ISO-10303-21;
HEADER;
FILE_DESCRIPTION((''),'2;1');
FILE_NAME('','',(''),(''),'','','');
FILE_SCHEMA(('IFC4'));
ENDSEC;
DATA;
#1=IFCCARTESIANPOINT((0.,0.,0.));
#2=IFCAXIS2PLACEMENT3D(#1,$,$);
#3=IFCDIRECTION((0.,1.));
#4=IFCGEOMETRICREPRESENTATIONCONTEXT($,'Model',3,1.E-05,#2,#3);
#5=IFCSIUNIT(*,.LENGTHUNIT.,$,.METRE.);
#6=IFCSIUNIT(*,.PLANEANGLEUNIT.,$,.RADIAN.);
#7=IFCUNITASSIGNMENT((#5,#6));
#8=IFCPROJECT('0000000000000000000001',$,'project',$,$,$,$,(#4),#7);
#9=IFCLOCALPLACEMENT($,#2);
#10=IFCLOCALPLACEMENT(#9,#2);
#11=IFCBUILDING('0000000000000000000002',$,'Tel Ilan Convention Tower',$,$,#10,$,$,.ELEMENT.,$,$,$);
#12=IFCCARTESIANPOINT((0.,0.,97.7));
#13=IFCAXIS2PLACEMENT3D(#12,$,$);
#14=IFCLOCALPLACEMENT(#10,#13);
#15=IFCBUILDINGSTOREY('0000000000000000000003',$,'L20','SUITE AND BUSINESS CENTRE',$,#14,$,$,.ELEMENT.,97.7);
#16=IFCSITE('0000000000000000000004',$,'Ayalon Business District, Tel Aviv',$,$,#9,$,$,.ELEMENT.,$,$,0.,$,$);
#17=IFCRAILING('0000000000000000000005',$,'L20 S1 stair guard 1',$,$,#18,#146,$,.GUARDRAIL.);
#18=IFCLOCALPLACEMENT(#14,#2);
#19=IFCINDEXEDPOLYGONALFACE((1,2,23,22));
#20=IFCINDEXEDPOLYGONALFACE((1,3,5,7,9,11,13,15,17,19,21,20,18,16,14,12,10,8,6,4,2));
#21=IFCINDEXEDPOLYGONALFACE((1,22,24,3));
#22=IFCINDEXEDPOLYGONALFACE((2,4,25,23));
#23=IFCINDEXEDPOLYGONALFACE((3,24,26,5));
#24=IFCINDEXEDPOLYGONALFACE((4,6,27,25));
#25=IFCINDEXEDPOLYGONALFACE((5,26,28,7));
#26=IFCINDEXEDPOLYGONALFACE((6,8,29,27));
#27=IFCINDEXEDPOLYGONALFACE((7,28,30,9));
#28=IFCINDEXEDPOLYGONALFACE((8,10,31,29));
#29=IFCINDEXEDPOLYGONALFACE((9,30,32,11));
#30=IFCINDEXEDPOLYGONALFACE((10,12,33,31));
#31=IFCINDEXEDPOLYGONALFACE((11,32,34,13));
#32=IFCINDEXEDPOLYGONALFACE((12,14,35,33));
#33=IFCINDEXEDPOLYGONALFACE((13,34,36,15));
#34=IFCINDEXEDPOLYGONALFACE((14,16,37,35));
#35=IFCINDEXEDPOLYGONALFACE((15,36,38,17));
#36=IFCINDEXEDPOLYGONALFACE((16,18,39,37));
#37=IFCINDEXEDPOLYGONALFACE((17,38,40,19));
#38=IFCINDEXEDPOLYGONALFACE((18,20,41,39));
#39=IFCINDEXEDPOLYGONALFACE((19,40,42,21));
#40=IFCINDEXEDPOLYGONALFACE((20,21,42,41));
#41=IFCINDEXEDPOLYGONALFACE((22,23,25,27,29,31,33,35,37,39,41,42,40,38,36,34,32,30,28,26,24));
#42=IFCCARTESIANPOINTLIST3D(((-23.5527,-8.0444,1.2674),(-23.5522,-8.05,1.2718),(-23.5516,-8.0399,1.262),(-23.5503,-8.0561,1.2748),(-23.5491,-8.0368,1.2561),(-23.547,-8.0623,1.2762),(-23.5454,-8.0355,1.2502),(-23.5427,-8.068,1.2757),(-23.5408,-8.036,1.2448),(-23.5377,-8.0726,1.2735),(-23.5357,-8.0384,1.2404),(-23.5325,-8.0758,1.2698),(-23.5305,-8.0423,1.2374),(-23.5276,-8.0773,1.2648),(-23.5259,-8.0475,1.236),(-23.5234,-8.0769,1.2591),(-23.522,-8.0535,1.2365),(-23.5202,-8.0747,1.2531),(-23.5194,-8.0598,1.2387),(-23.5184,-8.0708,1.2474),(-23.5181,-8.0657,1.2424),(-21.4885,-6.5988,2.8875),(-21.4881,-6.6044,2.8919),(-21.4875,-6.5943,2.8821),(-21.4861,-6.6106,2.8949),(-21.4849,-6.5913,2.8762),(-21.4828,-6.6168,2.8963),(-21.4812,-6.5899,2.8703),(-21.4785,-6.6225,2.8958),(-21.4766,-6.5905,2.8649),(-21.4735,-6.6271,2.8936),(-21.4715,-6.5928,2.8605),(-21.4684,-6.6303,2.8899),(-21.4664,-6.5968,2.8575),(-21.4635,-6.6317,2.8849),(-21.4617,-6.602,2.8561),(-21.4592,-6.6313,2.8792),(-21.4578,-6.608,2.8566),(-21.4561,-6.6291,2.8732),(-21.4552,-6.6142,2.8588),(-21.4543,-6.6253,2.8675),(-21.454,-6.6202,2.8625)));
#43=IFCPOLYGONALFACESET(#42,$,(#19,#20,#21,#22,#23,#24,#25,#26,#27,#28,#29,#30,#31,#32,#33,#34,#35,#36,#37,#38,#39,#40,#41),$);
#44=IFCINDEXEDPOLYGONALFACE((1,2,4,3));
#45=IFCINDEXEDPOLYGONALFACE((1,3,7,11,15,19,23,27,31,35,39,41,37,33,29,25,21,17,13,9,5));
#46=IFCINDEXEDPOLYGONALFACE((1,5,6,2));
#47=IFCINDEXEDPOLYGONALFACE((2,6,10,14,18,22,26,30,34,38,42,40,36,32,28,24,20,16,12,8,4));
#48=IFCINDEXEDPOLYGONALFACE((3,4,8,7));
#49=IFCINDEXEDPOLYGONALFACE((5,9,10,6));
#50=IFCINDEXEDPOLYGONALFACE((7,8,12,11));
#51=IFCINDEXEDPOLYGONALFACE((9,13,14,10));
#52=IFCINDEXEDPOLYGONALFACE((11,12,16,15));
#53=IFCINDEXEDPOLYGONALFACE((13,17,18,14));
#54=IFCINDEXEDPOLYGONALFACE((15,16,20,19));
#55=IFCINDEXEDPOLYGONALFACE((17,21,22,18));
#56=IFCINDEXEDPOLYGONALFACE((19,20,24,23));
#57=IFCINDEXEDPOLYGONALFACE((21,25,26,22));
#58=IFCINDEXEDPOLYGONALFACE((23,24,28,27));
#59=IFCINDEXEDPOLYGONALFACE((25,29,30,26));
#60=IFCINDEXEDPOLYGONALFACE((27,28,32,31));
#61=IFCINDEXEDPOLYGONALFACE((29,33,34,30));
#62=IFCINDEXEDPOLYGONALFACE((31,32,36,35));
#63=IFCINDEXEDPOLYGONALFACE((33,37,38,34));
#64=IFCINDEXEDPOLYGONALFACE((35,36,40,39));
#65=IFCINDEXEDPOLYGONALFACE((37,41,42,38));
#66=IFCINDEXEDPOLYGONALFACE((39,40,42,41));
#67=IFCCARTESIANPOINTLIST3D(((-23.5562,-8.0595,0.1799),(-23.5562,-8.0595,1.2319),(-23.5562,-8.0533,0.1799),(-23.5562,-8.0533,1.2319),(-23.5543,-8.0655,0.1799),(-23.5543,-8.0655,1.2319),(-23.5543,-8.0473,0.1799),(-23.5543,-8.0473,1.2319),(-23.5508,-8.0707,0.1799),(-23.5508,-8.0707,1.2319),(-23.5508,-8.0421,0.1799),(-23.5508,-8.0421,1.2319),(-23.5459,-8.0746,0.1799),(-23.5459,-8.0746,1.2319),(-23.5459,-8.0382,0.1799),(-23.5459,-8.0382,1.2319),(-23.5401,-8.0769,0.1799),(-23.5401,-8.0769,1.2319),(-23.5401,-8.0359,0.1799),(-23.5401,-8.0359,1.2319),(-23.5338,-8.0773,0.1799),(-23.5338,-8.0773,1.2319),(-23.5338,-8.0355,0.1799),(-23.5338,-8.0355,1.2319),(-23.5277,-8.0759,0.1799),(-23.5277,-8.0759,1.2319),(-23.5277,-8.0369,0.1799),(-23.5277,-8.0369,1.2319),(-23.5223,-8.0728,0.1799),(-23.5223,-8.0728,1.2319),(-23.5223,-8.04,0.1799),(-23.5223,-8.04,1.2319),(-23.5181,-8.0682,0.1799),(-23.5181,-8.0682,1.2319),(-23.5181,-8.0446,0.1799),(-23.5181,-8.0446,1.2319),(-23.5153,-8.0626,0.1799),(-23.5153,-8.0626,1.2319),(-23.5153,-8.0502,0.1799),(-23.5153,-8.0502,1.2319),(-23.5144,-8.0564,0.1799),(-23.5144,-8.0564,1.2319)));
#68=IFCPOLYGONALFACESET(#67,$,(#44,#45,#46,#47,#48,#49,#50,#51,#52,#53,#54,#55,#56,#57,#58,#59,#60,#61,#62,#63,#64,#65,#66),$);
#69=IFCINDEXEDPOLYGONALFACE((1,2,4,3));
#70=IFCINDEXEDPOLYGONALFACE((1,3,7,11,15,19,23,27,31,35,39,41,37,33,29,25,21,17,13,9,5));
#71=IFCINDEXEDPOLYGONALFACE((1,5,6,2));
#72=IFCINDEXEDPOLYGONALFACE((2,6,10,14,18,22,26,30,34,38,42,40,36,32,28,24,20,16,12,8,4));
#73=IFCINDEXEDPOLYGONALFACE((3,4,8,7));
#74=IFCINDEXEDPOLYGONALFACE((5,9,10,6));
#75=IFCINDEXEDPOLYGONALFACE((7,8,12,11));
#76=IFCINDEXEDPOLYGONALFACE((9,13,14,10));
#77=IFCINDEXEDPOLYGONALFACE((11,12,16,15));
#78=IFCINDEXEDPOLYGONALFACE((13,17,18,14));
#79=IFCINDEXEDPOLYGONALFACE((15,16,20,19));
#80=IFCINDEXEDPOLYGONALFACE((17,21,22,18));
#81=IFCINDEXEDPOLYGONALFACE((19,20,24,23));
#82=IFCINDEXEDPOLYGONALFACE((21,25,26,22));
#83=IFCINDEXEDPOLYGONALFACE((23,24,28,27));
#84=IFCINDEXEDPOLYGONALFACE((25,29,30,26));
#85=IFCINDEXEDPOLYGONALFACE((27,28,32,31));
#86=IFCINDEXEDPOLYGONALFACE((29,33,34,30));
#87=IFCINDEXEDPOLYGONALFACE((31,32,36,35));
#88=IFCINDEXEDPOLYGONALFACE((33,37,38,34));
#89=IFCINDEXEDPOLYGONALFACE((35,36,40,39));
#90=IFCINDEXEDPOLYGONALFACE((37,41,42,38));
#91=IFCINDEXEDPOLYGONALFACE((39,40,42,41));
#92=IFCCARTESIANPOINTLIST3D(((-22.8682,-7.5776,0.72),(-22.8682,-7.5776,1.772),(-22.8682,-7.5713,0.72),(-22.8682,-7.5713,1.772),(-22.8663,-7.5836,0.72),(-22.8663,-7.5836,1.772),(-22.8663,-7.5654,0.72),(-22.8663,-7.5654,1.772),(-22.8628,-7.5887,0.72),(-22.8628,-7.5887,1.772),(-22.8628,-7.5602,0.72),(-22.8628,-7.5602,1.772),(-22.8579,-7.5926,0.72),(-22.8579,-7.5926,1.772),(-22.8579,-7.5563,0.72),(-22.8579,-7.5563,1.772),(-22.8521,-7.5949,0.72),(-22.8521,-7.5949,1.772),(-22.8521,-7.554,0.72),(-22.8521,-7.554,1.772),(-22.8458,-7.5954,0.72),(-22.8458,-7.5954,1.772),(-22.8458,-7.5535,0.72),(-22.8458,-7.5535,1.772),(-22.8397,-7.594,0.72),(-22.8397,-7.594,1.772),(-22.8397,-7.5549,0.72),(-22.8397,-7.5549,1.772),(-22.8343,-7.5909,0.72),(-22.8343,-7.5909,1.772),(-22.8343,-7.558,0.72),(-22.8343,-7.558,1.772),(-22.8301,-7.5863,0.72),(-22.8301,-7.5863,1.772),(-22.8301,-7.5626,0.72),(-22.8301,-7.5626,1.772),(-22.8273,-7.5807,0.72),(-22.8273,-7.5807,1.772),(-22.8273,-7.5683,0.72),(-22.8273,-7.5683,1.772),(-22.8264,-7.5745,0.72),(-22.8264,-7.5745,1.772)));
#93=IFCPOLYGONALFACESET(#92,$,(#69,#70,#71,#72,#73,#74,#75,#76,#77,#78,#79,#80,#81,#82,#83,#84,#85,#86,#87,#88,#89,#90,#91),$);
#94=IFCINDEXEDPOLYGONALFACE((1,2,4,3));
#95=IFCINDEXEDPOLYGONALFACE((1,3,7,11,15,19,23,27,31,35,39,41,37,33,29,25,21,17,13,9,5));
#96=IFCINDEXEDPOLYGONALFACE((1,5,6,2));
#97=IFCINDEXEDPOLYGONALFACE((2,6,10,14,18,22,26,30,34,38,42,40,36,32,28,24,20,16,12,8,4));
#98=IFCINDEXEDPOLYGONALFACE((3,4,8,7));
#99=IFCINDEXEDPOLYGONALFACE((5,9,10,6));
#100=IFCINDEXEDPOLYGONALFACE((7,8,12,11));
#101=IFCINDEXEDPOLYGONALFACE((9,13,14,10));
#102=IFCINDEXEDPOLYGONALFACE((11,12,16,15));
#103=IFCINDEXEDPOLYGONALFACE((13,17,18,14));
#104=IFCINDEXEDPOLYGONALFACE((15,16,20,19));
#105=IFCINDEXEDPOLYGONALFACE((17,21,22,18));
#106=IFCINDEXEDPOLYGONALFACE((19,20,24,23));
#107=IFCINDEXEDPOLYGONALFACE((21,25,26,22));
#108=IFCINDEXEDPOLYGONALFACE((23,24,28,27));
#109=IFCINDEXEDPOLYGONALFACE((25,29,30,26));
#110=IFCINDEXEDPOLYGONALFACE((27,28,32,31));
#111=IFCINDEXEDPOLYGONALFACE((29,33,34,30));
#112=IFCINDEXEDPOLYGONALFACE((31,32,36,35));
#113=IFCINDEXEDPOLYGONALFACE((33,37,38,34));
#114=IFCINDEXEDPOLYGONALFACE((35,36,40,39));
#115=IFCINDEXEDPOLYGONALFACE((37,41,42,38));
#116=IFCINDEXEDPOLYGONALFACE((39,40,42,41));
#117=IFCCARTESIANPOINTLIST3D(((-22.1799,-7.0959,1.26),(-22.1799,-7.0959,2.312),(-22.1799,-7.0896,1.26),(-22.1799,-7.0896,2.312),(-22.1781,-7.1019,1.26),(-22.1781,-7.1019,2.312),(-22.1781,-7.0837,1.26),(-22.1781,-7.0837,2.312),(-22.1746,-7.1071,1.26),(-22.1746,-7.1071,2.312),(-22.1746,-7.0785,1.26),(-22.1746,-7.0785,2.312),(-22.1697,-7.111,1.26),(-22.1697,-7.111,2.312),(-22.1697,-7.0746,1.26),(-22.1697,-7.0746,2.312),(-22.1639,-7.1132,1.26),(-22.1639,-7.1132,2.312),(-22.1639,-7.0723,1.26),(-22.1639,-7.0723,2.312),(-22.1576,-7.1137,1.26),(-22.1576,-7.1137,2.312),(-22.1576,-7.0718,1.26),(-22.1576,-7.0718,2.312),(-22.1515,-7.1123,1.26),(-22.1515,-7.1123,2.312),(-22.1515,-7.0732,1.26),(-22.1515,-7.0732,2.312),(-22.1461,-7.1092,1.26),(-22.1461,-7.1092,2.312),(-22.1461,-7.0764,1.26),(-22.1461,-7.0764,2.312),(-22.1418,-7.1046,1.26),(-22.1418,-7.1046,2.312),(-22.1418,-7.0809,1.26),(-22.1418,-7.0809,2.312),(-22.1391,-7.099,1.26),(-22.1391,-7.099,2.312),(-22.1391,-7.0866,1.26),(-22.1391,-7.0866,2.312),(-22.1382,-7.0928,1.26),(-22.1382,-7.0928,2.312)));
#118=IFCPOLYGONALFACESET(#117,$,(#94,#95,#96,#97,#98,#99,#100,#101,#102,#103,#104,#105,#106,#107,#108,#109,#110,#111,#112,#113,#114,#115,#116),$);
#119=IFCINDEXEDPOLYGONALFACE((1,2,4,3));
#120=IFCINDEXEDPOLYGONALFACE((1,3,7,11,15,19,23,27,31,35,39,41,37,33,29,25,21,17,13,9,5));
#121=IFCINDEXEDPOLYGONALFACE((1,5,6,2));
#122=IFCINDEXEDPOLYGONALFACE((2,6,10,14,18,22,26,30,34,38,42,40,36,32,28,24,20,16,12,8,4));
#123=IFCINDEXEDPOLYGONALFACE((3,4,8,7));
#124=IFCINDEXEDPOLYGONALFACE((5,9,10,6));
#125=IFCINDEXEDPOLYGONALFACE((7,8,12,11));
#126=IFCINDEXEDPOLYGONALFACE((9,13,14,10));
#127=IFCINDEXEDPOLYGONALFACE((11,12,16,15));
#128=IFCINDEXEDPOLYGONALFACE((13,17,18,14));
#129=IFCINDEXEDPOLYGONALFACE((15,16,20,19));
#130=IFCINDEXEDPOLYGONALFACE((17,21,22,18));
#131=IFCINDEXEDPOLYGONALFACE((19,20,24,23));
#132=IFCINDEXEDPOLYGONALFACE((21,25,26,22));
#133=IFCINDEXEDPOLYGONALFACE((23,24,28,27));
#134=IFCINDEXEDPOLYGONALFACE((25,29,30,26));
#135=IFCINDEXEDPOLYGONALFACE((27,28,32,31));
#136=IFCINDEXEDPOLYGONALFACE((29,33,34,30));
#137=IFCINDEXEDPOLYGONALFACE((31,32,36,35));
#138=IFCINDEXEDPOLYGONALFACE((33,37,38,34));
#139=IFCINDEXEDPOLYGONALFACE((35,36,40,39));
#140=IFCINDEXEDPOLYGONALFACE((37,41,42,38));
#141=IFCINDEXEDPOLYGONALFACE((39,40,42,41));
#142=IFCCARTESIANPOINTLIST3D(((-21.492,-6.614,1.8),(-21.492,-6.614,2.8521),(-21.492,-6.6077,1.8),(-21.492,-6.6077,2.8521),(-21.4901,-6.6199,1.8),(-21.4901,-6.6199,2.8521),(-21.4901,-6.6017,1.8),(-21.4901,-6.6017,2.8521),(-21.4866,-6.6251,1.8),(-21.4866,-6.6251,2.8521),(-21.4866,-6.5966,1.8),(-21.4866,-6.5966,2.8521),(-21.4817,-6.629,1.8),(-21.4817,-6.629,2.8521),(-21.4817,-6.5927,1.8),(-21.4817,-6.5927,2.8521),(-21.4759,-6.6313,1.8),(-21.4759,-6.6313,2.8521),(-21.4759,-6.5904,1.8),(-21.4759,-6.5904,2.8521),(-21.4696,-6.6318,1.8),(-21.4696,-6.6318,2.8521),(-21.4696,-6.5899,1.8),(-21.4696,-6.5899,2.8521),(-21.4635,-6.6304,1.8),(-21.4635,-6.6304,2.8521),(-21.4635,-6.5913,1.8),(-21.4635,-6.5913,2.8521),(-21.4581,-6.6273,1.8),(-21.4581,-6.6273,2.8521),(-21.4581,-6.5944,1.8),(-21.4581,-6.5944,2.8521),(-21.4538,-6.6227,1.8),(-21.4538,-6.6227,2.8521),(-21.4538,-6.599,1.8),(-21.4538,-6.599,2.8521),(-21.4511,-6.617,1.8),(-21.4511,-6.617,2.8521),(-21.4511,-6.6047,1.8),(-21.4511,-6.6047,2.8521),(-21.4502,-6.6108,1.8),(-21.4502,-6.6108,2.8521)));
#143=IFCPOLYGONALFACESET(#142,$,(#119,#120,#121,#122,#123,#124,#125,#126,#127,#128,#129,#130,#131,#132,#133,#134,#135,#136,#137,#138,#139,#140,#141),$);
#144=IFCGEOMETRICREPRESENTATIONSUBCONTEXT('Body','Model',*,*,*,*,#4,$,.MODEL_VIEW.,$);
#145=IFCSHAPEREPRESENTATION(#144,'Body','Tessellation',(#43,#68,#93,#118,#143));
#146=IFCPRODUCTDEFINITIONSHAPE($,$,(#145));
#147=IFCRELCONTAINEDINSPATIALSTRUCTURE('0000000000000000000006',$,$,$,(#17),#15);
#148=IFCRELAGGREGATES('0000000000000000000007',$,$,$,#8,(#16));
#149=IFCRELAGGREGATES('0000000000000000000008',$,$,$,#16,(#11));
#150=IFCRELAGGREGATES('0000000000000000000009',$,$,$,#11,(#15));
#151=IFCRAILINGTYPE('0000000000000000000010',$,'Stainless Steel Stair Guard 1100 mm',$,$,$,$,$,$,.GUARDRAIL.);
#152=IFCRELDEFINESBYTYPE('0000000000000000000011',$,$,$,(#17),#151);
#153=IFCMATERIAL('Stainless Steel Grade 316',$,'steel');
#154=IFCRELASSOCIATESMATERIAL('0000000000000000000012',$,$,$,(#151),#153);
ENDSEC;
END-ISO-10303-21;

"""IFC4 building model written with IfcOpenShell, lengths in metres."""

from ifc_helpers import new_model, si_unit, direction, frame, origin, origin_2d, place, context, subcontext, project, spatial, circle, extrude, material, type_object, element, save


model = new_model("IFC4")

# Units and contexts
model_context = context("Model", 3, precision=1e-05, world=origin(), true_north=direction((0.0, 1.0)))
body_context = subcontext(model_context, "Body", "Model", "MODEL_VIEW")
ifc_project = project(units=[si_unit("LENGTHUNIT", "METRE"), si_unit("PLANEANGLEUNIT", "RADIAN")], contexts=[model_context])

# Site, building, storey
site_placement = place(None, origin())
site = spatial("IfcSite", under=ifc_project, at=site_placement, Name="Ayalon Business District, Tel Aviv", CompositionType="ELEMENT", RefElevation=0.0)
building_placement = place(site_placement, origin())
building = spatial("IfcBuilding", under=site, at=building_placement, Name="Tel Ilan Convention Tower", CompositionType="ELEMENT")
storey_placement = place(building_placement, frame((0.0, 0.0, 97.7)))
storey = spatial("IfcBuildingStorey", under=building, at=storey_placement, Name="L20", Description="SUITE AND BUSINESS CENTRE", CompositionType="ELEMENT", Elevation=97.7)

# Railing
ifc_material_1 = material(Name="Stainless Steel Grade 316", Category="steel")
railing_type_1 = type_object("IfcRailingType", Name="Stainless Steel Stair Guard 1100 mm", PredefinedType="GUARDRAIL", material=ifc_material_1)
railing_1_placement = place(storey_placement, frame((-23.5354, -8.0564, 0.1799)))
element("IfcRailing", 1, at=railing_1_placement, inside=storey, type_object=railing_type_1, Name="L20 S1 stair guard 1", PredefinedType="GUARDRAIL", context=body_context, shape_type="SweptSolid", body=[
    extrude(circle(Radius=0.0239, at=origin_2d()), frame((0.0, 0.0, 1.0762), z_axis=(0.689013, 0.482513, 0.540779), x_axis=(-0.573625, 0.819118, 0.0)), (0.0, 0.0, 1.0), 2.9958),
    extrude(circle(Radius=0.021, at=origin_2d()), origin(), (0.0, 0.0, 1.0), 1.052),
    extrude(circle(Radius=0.021, at=origin_2d()), frame((0.688, 0.4819, 0.54)), (0.0, 0.0, 1.0), 1.052),
    extrude(circle(Radius=0.021, at=origin_2d()), frame((1.3762, 0.9636, 1.0801)), (0.0, 0.0, 1.0), 1.052),
    extrude(circle(Radius=0.021, at=origin_2d()), frame((2.0642, 1.4456, 1.6201)), (0.0, 0.0, 1.0), 1.052),
])

save(model, "model.ifc")
